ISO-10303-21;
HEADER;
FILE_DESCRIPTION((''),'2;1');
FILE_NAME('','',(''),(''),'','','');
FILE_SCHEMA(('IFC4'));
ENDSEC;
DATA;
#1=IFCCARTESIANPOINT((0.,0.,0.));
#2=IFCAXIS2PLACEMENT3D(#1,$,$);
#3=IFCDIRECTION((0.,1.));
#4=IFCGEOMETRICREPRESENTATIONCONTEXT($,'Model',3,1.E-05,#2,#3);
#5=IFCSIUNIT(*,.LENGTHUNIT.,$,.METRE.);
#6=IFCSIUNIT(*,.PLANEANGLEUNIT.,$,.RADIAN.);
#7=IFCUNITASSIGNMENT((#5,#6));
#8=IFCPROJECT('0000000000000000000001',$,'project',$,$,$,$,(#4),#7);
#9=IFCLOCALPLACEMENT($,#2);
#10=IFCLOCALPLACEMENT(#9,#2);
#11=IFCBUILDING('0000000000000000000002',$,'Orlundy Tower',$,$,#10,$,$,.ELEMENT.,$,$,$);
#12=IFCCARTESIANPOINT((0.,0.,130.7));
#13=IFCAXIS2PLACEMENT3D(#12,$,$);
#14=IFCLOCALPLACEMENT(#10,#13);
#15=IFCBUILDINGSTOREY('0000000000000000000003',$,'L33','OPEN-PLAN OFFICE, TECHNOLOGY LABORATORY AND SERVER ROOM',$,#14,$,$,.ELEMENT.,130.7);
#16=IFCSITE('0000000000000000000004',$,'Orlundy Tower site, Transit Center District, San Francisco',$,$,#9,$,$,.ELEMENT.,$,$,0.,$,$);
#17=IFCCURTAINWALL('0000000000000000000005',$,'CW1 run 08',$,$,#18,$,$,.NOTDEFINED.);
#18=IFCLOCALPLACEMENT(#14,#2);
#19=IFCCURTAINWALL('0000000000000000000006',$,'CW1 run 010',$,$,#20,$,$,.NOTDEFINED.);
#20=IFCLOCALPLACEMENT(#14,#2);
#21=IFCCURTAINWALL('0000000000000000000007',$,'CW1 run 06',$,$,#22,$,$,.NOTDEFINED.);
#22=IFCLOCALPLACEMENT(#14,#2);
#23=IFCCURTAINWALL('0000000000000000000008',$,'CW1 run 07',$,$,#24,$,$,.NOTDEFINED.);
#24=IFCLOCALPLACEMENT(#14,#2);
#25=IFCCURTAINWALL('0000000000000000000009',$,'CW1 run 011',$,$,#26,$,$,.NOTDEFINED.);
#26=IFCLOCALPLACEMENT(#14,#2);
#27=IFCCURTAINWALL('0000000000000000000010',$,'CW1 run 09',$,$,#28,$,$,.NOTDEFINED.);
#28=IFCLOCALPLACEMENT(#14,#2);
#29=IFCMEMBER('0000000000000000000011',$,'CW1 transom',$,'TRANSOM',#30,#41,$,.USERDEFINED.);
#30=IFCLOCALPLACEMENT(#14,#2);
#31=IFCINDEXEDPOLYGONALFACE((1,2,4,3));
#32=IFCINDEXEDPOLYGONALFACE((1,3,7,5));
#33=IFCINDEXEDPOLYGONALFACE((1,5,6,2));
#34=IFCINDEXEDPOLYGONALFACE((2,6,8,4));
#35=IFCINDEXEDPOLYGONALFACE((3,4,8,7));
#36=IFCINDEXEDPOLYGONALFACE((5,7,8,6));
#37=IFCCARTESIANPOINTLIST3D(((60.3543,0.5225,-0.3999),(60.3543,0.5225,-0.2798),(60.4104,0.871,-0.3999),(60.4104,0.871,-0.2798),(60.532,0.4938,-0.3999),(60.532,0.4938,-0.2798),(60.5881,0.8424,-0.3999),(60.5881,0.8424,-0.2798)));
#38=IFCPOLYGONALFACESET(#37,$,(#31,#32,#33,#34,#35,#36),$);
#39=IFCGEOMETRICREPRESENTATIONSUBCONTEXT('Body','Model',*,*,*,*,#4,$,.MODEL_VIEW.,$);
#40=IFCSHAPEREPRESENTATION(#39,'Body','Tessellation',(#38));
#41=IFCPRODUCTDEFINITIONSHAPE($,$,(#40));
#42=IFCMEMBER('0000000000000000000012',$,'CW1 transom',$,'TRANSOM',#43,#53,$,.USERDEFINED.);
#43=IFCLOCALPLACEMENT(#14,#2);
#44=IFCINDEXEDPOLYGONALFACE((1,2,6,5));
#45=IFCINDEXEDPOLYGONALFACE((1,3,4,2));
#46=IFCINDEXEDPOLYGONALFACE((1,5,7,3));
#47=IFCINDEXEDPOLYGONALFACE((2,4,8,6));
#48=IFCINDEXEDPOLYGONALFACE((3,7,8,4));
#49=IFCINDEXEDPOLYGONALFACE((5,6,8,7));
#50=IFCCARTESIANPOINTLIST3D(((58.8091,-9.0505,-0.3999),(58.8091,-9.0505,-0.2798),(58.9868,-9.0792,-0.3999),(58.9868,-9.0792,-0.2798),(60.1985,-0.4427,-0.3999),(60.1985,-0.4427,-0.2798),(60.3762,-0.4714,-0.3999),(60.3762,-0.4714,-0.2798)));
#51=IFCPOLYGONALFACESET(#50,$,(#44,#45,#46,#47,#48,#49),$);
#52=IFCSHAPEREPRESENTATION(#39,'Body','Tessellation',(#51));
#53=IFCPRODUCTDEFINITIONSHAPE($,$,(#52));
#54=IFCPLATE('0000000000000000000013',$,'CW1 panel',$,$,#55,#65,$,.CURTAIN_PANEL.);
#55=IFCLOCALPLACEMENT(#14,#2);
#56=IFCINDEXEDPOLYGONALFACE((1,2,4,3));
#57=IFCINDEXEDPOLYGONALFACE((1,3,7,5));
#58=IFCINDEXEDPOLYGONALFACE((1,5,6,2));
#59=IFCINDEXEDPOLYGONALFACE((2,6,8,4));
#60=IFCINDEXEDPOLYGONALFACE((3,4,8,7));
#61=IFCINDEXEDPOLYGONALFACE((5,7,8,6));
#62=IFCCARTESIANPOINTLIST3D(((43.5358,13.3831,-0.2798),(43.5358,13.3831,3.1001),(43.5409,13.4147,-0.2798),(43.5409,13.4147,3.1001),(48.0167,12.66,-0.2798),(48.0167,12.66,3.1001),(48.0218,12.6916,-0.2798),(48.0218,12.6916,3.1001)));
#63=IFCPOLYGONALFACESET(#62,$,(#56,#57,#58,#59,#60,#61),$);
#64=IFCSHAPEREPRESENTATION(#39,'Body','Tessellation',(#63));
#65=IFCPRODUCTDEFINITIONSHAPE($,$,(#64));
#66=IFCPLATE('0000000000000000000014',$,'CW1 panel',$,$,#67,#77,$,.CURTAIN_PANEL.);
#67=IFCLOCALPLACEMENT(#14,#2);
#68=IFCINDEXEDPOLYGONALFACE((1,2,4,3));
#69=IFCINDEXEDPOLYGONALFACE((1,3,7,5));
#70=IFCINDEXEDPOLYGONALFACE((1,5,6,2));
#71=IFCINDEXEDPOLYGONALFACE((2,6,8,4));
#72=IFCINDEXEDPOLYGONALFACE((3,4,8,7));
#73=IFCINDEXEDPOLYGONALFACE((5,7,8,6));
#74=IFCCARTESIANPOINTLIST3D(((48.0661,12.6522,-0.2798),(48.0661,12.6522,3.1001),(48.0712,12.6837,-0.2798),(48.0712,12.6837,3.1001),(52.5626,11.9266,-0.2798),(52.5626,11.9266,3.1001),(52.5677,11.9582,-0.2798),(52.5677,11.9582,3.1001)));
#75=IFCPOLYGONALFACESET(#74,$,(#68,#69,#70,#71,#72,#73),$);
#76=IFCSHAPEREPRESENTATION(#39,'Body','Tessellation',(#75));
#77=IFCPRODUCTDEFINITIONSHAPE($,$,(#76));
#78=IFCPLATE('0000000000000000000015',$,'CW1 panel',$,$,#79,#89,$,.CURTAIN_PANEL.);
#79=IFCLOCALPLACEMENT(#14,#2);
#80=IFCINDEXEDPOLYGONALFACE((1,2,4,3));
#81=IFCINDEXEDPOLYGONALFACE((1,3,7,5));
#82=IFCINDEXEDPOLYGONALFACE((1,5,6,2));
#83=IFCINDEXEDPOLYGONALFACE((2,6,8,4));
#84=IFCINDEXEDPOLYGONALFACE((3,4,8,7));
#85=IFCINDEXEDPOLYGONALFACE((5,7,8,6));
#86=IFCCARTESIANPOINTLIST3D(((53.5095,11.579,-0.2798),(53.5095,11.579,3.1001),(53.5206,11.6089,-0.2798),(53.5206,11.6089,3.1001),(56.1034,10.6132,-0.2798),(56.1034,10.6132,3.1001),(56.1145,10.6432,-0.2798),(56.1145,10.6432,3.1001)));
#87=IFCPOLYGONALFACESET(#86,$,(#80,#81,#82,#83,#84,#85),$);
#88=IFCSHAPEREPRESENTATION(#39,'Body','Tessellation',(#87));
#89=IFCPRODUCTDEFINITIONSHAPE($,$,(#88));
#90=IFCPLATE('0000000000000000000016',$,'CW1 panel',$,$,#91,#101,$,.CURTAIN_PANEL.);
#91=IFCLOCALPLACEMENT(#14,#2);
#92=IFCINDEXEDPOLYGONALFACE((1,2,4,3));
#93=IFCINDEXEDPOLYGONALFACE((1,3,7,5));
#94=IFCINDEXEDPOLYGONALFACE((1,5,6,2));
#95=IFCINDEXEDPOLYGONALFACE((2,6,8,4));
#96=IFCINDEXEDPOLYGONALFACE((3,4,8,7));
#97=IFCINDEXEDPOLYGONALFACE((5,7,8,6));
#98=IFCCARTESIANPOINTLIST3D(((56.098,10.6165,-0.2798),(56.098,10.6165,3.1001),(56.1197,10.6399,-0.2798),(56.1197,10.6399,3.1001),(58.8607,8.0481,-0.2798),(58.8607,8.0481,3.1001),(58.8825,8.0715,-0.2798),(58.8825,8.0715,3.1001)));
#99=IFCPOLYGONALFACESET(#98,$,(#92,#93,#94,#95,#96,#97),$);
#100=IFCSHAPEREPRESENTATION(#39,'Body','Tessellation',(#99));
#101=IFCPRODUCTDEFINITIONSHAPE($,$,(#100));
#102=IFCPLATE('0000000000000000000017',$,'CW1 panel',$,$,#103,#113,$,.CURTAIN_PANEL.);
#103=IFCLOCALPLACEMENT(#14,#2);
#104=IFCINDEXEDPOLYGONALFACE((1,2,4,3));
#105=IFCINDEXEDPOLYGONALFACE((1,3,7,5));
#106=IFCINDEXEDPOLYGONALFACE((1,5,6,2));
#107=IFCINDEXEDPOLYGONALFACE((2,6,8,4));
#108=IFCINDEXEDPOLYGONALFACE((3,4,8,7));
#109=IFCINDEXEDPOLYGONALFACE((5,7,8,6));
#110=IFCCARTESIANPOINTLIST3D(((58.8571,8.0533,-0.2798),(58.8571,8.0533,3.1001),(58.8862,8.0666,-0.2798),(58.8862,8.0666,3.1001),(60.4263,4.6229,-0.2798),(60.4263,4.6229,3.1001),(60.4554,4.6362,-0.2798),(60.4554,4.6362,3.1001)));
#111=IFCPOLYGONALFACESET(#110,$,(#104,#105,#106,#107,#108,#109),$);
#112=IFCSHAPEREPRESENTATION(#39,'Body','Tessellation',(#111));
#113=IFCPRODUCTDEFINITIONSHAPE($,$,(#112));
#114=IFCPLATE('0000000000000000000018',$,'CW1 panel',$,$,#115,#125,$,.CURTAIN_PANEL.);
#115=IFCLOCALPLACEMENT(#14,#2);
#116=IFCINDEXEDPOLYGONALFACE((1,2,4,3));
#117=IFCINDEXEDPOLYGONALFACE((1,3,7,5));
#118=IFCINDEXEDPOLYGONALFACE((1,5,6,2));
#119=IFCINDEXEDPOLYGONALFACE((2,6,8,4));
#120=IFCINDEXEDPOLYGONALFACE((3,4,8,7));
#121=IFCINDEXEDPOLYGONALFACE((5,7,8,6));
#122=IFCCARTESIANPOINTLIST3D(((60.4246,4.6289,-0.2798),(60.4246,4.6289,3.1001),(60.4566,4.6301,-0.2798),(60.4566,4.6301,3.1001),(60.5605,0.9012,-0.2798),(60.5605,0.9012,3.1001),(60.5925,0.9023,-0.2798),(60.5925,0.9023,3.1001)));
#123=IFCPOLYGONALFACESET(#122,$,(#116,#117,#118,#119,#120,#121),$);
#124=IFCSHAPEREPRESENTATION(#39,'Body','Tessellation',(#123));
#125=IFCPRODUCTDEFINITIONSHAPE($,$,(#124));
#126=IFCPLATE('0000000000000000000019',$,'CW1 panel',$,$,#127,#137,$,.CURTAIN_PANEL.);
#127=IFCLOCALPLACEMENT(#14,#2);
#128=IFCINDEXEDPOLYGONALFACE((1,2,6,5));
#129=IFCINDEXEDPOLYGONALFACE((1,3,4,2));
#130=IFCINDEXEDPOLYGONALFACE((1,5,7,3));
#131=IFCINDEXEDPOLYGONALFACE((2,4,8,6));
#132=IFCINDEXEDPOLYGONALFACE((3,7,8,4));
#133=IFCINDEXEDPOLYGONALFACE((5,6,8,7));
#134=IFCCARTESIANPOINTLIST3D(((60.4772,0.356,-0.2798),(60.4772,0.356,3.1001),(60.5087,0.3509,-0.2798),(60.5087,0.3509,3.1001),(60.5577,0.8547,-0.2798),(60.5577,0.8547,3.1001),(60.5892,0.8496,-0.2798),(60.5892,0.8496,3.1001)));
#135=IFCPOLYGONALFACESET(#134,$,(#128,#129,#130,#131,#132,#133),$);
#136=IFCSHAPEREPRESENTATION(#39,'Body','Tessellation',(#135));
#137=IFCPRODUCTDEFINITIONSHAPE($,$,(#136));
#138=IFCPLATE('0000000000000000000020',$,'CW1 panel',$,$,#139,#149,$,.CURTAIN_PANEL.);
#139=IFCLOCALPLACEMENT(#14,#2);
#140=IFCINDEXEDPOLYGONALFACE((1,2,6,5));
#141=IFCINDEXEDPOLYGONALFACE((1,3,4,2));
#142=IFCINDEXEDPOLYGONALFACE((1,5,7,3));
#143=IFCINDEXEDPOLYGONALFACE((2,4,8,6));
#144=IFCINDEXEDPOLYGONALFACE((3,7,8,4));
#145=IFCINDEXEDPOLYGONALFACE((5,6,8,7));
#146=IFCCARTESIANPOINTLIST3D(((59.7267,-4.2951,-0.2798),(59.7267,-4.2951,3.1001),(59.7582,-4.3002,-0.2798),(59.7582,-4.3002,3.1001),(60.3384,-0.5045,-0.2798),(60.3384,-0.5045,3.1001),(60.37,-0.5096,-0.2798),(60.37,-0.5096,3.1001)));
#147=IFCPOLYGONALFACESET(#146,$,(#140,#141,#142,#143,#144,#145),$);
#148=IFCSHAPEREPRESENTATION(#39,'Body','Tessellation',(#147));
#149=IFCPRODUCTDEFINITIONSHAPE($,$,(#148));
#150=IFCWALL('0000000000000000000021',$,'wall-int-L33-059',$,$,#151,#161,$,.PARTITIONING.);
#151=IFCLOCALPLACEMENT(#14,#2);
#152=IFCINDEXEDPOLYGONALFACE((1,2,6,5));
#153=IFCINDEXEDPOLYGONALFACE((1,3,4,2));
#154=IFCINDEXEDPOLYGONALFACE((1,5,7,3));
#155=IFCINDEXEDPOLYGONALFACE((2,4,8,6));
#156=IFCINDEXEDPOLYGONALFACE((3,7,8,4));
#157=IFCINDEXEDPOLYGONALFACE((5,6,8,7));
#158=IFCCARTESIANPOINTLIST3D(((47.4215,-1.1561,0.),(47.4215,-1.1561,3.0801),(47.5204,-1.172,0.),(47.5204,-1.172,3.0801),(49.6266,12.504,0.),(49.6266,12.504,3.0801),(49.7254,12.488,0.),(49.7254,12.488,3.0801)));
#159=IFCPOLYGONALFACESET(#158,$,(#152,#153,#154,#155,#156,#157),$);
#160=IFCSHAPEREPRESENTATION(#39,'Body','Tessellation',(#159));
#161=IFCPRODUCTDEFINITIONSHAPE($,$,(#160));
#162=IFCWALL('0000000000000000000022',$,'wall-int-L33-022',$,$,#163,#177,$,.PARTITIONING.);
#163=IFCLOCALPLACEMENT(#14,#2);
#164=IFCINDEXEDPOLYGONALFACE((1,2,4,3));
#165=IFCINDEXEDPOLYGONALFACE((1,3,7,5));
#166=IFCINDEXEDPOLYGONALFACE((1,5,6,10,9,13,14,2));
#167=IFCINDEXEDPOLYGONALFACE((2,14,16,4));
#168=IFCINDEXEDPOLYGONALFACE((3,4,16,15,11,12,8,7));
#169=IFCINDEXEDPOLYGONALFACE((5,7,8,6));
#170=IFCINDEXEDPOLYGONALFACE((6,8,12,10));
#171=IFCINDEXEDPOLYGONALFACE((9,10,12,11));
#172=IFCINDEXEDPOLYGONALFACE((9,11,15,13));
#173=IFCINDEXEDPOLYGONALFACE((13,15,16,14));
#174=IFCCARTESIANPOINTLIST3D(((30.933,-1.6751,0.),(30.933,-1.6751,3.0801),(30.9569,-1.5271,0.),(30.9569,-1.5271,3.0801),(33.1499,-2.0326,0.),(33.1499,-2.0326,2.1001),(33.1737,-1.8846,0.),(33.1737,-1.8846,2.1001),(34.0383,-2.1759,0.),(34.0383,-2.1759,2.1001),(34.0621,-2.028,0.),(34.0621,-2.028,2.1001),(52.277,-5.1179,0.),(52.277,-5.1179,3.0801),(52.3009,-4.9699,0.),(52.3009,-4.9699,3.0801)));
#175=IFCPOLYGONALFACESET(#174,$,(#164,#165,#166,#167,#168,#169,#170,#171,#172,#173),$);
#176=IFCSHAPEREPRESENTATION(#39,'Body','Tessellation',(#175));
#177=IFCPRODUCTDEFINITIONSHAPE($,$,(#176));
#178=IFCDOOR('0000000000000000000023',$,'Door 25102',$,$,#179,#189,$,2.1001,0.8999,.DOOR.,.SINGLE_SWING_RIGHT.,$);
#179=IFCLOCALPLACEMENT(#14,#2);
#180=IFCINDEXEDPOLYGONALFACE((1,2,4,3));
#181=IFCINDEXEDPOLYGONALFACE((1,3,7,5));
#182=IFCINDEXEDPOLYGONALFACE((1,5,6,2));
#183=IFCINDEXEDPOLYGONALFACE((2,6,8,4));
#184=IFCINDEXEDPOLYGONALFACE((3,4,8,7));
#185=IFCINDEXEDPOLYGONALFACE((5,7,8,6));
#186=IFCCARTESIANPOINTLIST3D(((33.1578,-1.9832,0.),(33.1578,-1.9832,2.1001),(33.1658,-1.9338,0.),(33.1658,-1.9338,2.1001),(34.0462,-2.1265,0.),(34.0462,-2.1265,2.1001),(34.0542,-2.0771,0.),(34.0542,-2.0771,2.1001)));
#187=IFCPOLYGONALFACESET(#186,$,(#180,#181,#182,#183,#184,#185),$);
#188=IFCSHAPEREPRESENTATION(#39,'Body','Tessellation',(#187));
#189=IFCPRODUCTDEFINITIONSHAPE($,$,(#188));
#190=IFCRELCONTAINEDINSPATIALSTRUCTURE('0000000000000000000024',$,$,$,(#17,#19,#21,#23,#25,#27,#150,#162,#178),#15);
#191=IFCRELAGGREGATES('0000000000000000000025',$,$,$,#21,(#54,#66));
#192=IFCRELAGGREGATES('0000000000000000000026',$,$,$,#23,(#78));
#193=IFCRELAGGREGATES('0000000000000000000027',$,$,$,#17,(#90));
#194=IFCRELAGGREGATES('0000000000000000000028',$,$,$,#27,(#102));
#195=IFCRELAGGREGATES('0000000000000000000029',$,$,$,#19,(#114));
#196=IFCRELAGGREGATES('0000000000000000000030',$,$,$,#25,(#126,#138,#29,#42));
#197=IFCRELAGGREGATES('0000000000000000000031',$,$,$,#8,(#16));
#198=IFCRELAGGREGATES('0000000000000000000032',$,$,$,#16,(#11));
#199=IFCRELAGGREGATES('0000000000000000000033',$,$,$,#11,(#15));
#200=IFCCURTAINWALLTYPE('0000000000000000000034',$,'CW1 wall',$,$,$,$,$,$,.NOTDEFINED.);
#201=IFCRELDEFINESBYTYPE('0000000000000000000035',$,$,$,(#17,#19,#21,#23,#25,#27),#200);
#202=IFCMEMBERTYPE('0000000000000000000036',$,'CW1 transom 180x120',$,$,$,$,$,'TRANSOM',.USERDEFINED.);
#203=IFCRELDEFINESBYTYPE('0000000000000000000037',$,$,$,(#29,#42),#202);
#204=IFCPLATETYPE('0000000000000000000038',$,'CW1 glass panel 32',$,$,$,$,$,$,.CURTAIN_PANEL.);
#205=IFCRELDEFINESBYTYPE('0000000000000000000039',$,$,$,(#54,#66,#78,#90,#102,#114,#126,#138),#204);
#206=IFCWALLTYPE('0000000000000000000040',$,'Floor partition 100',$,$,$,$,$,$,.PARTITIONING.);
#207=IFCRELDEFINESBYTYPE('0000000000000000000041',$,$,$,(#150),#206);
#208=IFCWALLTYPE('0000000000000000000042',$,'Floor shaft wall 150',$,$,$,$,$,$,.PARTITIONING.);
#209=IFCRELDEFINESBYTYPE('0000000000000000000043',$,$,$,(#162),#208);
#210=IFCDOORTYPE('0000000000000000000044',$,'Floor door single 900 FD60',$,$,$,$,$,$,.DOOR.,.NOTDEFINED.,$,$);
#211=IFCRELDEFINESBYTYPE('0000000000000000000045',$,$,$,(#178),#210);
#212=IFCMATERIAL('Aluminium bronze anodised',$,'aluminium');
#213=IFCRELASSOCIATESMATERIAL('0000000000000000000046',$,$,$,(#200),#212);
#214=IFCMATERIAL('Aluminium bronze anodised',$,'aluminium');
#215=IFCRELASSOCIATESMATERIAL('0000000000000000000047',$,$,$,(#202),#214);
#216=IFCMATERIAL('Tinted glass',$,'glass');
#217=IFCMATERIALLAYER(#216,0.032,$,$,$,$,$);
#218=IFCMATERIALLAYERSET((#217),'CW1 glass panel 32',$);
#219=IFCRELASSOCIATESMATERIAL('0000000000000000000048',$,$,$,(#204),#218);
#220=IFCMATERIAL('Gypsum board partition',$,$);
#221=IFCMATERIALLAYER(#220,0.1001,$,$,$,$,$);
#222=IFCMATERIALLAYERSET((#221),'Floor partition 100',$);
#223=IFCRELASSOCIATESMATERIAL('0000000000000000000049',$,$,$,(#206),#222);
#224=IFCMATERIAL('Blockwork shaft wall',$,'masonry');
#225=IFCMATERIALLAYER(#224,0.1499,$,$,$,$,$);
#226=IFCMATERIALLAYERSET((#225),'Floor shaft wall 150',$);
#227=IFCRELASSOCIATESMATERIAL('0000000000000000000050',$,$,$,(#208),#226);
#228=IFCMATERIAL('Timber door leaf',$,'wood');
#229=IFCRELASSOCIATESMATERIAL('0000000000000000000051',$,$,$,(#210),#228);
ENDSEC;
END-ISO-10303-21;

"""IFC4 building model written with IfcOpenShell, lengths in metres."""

from ifc_helpers import new_model, si_unit, direction, frame, frame_2d, origin, origin_2d, place, context, subcontext, project, spatial, rectangle, extrude, material, layer, layer_set, material_profile, profile_set, type_object, element, fill, aggregate, save


model = new_model("IFC4")

# Units and contexts
model_context = context("Model", 3, precision=1e-05, world=origin(), true_north=direction((0.0, 1.0)))
body_context = subcontext(model_context, "Body", "Model", "MODEL_VIEW")
ifc_project = project(units=[si_unit("LENGTHUNIT", "METRE"), si_unit("PLANEANGLEUNIT", "RADIAN")], contexts=[model_context])

# Site, building, storey
site_placement = place(None, origin())
site = spatial("IfcSite", under=ifc_project, at=site_placement, Name="Orlundy Tower site, Transit Center District, San Francisco", CompositionType="ELEMENT", RefElevation=0.0)
building_placement = place(site_placement, origin())
building = spatial("IfcBuilding", under=site, at=building_placement, Name="Orlundy Tower", CompositionType="ELEMENT")
storey_placement = place(building_placement, frame((0.0, 0.0, 130.7)))
storey = spatial("IfcBuildingStorey", under=building, at=storey_placement, Name="L33", Description="OPEN-PLAN OFFICE, TECHNOLOGY LABORATORY AND SERVER ROOM", CompositionType="ELEMENT", Elevation=130.7)

# Curtain walls
ifc_material_1 = material(Name="Aluminium bronze anodised", Category="aluminium")
curtain_wall_type = type_object("IfcCurtainWallType", Name="CW1 wall", PredefinedType="NOTDEFINED", material=ifc_material_1)
curtain_wall_1_placement = place(storey_placement, origin())
curtain_wall_1 = element("IfcCurtainWall", 1, at=curtain_wall_1_placement, inside=storey, type_object=curtain_wall_type, Name="CW1 run 08", PredefinedType="NOTDEFINED")
curtain_wall_2_placement = place(storey_placement, origin())
curtain_wall_2 = element("IfcCurtainWall", 2, at=curtain_wall_2_placement, inside=storey, type_object=curtain_wall_type, Name="CW1 run 010", PredefinedType="NOTDEFINED")
curtain_wall_3_placement = place(storey_placement, origin())
curtain_wall_3 = element("IfcCurtainWall", 3, at=curtain_wall_3_placement, inside=storey, type_object=curtain_wall_type, Name="CW1 run 06", PredefinedType="NOTDEFINED")
curtain_wall_4_placement = place(storey_placement, origin())
curtain_wall_4 = element("IfcCurtainWall", 4, at=curtain_wall_4_placement, inside=storey, type_object=curtain_wall_type, Name="CW1 run 07", PredefinedType="NOTDEFINED")

# Curtain wall
curtain_wall_5_placement = place(storey_placement, origin())
curtain_wall_5 = element("IfcCurtainWall", 5, at=curtain_wall_5_placement, inside=storey, type_object=curtain_wall_type, Name="CW1 run 011", PredefinedType="NOTDEFINED")

# Shared definitions
ifc_material_2 = material(Name="Aluminium bronze anodised", Category="aluminium")
ifc_material_profile_1 = material_profile(ifc_material_2, rectangle(XDim=0.1799, YDim=0.1201, at=origin_2d()), Name="CW1 transom 180x120")
ifc_profile_set_1 = profile_set([ifc_material_profile_1], Name="Aluminium bronze anodised")
member_type_1 = type_object("IfcMemberType", Name="CW1 transom 180x120", ElementType="TRANSOM", PredefinedType="USERDEFINED", material=ifc_profile_set_1)

# Curtain wall
curtain_wall_6_placement = place(storey_placement, origin())
curtain_wall_6 = element("IfcCurtainWall", 6, at=curtain_wall_6_placement, inside=storey, type_object=curtain_wall_type, Name="CW1 run 09", PredefinedType="NOTDEFINED")

# Members
member_1_placement = place(storey_placement, frame((60.4993, 0.8567, -0.3398), z_axis=(-0.159015, -0.987276, 0.0), x_axis=(0.987276, -0.159015, 0.0)))
member_1 = element("IfcMember", 7, at=member_1_placement, type_object=member_type_1, Name="CW1 transom", ObjectType="TRANSOM", PredefinedType="USERDEFINED", context=body_context, shape_type="SweptSolid", body=[
    extrude(rectangle(XDim=0.1799, YDim=0.1201, at=origin_2d()), origin(), (0.0, 0.0, 1.0), 0.353),
])
member_2_placement = place(storey_placement, frame((60.2874, -0.457, -0.3398), z_axis=(-0.159348, -0.987223, 0.0), x_axis=(0.987223, -0.159348, 0.0)))
member_2 = element("IfcMember", 8, at=member_2_placement, type_object=member_type_1, Name="CW1 transom", ObjectType="TRANSOM", PredefinedType="USERDEFINED", context=body_context, shape_type="SweptSolid", body=[
    extrude(rectangle(XDim=0.1799, YDim=0.1201, at=origin_2d()), origin(), (0.0, 0.0, 1.0), 8.7192),
])

# Plates
ifc_material_3 = material(Name="Tinted glass", Category="glass")
ifc_layer_1 = layer(ifc_material_3, 0.032)
ifc_layer_set_1 = layer_set([ifc_layer_1], Name="CW1 glass panel 32")
plate_type = type_object("IfcPlateType", Name="CW1 glass panel 32", PredefinedType="CURTAIN_PANEL", material=ifc_layer_set_1)
plate_1_placement = place(storey_placement, frame((45.7788, 13.0374, -0.2798), z_axis=(0.0, 0.0, 1.0), x_axis=(0.98723, -0.159302, 0.0)))
plate_1 = element("IfcPlate", 9, at=plate_1_placement, type_object=plate_type, Name="CW1 panel", PredefinedType="CURTAIN_PANEL", context=body_context, shape_type="SweptSolid", body=[
    extrude(rectangle(XDim=4.5388, YDim=0.032, at=origin_2d()), origin(), (0.0, 0.0, 1.0), 3.3799),
])
plate_2_placement = place(storey_placement, frame((50.3169, 12.3052, -0.2798), z_axis=(0.0, 0.0, 1.0), x_axis=(0.98723, -0.159302, 0.0)))
plate_2 = element("IfcPlate", 10, at=plate_2_placement, type_object=plate_type, Name="CW1 panel", PredefinedType="CURTAIN_PANEL", context=body_context, shape_type="SweptSolid", body=[
    extrude(rectangle(XDim=4.5547, YDim=0.032, at=origin_2d()), origin(), (0.0, 0.0, 1.0), 3.3799),
])
aggregate(curtain_wall_3, [plate_1, plate_2])
plate_3_placement = place(storey_placement, frame((54.812, 11.1111, -0.2798), z_axis=(0.0, 0.0, 1.0), x_axis=(0.937158, -0.348905, 0.0)))
plate_3 = element("IfcPlate", 11, at=plate_3_placement, type_object=plate_type, Name="CW1 panel", PredefinedType="CURTAIN_PANEL", context=body_context, shape_type="SweptSolid", body=[
    extrude(rectangle(XDim=2.7678, YDim=0.032, at=origin_2d()), origin(), (0.0, 0.0, 1.0), 3.3799),
])
aggregate(curtain_wall_4, [plate_3])
plate_4_placement = place(storey_placement, frame((57.4902, 9.344, -0.2798), z_axis=(0.0, 0.0, 1.0), x_axis=(0.732399, -0.680875, 0.0)))
plate_4 = element("IfcPlate", 12, at=plate_4_placement, type_object=plate_type, Name="CW1 panel", PredefinedType="CURTAIN_PANEL", context=body_context, shape_type="SweptSolid", body=[
    extrude(rectangle(XDim=3.7722, YDim=0.032, at=origin_2d()), origin(), (0.0, 0.0, 1.0), 3.3799),
])
aggregate(curtain_wall_1, [plate_4])
plate_5_placement = place(storey_placement, frame((59.6562, 6.3447, -0.2798), z_axis=(0.0, 0.0, 1.0), x_axis=(0.415977, -0.909375, 0.0)))
plate_5 = element("IfcPlate", 13, at=plate_5_placement, type_object=plate_type, Name="CW1 panel", PredefinedType="CURTAIN_PANEL", context=body_context, shape_type="SweptSolid", body=[
    extrude(rectangle(XDim=3.7722, YDim=0.032, at=origin_2d()), origin(), (0.0, 0.0, 1.0), 3.3799),
])
aggregate(curtain_wall_6, [plate_5])
plate_6_placement = place(storey_placement, frame((60.5085, 2.7656, -0.2798), z_axis=(0.0, 0.0, 1.0), x_axis=(0.036423, -0.999336, 0.0)))
plate_6 = element("IfcPlate", 14, at=plate_6_placement, type_object=plate_type, Name="CW1 panel", PredefinedType="CURTAIN_PANEL", context=body_context, shape_type="SweptSolid", body=[
    extrude(rectangle(XDim=3.7302, YDim=0.032, at=origin_2d()), origin(), (0.0, 0.0, 1.0), 3.3799),
])
aggregate(curtain_wall_2, [plate_6])
plate_7_placement = place(storey_placement, frame((60.5332, 0.6028, -0.2798), z_axis=(0.0, 0.0, 1.0), x_axis=(-0.159331, -0.987225, 0.0)))
plate_7 = element("IfcPlate", 15, at=plate_7_placement, type_object=plate_type, Name="CW1 panel", PredefinedType="CURTAIN_PANEL", context=body_context, shape_type="SweptSolid", body=[
    extrude(rectangle(XDim=0.5051, YDim=0.032, at=origin_2d()), origin(), (0.0, 0.0, 1.0), 3.3799),
])
plate_8_placement = place(storey_placement, frame((60.0483, -2.4023, -0.2798), z_axis=(0.0, 0.0, 1.0), x_axis=(-0.159331, -0.987225, 0.0)))
plate_8 = element("IfcPlate", 16, at=plate_8_placement, type_object=plate_type, Name="CW1 panel", PredefinedType="CURTAIN_PANEL", context=body_context, shape_type="SweptSolid", body=[
    extrude(rectangle(XDim=3.8396, YDim=0.032, at=origin_2d()), origin(), (0.0, 0.0, 1.0), 3.3799),
])
aggregate(curtain_wall_5, [plate_7, plate_8, member_1, member_2])

# Wall
ifc_material_4 = material(Name="Gypsum board partition")
ifc_layer_2 = layer(ifc_material_4, 0.1001)
ifc_layer_set_2 = layer_set([ifc_layer_2], Name="Floor partition 100")
wall_type_1 = type_object("IfcWallType", Name="Floor partition 100", PredefinedType="PARTITIONING", material=ifc_layer_set_2)
wall_1_placement = place(storey_placement, frame((47.4709, -1.1641, 0.0), z_axis=(0.0, 0.0, 1.0), x_axis=(0.159361, 0.98722, 0.0)))
element("IfcWall", 17, at=wall_1_placement, inside=storey, type_object=wall_type_1, Name="wall-int-L33-059", PredefinedType="PARTITIONING", context=body_context, shape_type="SweptSolid", body=[
    extrude(rectangle(XDim=13.8369, YDim=0.1001, at=frame_2d((6.9185, 0.0))), origin(), (0.0, 0.0, 1.0), 3.0801),
])

# Wall, opening, door
ifc_material_5 = material(Name="Blockwork shaft wall", Category="masonry")
ifc_layer_3 = layer(ifc_material_5, 0.1499)
ifc_layer_set_3 = layer_set([ifc_layer_3], Name="Floor shaft wall 150")
wall_type_2 = type_object("IfcWallType", Name="Floor shaft wall 150", PredefinedType="PARTITIONING", material=ifc_layer_set_3)
wall_2_placement = place(storey_placement, frame((52.2891, -5.0439, 0.0), z_axis=(0.0, 0.0, 1.0), x_axis=(-0.987239, 0.159246, 0.0)))
wall_2 = element("IfcWall", 18, at=wall_2_placement, inside=storey, type_object=wall_type_2, Name="wall-int-L33-022", PredefinedType="PARTITIONING", context=body_context, shape_type="SweptSolid", body=[
    extrude(rectangle(XDim=21.6199, YDim=0.1499, at=frame_2d((10.8101, 0.0))), origin(), (0.0, 0.0, 1.0), 3.0801),
])
opening_placement = place(wall_2_placement, frame((18.4746, 0.0, 0.0)))
opening = element("IfcOpeningElement", 19, at=opening_placement, cuts=wall_2, PredefinedType="OPENING", context=body_context, shape_type="SweptSolid", body=[
    extrude(rectangle(XDim=0.8999, YDim=2.1001, at=frame_2d((0.45, 1.05))), frame((0.0, 0.085, 0.0), z_axis=(0.0, -1.0, 0.0), x_axis=(1.0, 0.0, 0.0)), (0.0, 0.0, 1.0), 0.1699),
])
ifc_material_6 = material(Name="Timber door leaf", Category="wood")
door_type = type_object("IfcDoorType", Name="Floor door single 900 FD60", OperationType="NOTDEFINED", PredefinedType="DOOR", material=ifc_material_6)
door_placement = place(opening_placement, origin())
door = element("IfcDoor", 20, at=door_placement, inside=storey, type_object=door_type, Name="Door 25102", OperationType="SINGLE_SWING_RIGHT", OverallHeight=2.1001, OverallWidth=0.8999, PredefinedType="DOOR", context=body_context, shape_type="SweptSolid", body=[
    extrude(rectangle(XDim=0.8999, YDim=2.1001, at=frame_2d((0.45, 1.05))), frame((0.0, 0.0249, 0.0), z_axis=(0.0, -1.0, 0.0), x_axis=(1.0, 0.0, 0.0)), (0.0, 0.0, 1.0), 0.05),
])
fill(opening, door)

save(model, "model.ifc")
